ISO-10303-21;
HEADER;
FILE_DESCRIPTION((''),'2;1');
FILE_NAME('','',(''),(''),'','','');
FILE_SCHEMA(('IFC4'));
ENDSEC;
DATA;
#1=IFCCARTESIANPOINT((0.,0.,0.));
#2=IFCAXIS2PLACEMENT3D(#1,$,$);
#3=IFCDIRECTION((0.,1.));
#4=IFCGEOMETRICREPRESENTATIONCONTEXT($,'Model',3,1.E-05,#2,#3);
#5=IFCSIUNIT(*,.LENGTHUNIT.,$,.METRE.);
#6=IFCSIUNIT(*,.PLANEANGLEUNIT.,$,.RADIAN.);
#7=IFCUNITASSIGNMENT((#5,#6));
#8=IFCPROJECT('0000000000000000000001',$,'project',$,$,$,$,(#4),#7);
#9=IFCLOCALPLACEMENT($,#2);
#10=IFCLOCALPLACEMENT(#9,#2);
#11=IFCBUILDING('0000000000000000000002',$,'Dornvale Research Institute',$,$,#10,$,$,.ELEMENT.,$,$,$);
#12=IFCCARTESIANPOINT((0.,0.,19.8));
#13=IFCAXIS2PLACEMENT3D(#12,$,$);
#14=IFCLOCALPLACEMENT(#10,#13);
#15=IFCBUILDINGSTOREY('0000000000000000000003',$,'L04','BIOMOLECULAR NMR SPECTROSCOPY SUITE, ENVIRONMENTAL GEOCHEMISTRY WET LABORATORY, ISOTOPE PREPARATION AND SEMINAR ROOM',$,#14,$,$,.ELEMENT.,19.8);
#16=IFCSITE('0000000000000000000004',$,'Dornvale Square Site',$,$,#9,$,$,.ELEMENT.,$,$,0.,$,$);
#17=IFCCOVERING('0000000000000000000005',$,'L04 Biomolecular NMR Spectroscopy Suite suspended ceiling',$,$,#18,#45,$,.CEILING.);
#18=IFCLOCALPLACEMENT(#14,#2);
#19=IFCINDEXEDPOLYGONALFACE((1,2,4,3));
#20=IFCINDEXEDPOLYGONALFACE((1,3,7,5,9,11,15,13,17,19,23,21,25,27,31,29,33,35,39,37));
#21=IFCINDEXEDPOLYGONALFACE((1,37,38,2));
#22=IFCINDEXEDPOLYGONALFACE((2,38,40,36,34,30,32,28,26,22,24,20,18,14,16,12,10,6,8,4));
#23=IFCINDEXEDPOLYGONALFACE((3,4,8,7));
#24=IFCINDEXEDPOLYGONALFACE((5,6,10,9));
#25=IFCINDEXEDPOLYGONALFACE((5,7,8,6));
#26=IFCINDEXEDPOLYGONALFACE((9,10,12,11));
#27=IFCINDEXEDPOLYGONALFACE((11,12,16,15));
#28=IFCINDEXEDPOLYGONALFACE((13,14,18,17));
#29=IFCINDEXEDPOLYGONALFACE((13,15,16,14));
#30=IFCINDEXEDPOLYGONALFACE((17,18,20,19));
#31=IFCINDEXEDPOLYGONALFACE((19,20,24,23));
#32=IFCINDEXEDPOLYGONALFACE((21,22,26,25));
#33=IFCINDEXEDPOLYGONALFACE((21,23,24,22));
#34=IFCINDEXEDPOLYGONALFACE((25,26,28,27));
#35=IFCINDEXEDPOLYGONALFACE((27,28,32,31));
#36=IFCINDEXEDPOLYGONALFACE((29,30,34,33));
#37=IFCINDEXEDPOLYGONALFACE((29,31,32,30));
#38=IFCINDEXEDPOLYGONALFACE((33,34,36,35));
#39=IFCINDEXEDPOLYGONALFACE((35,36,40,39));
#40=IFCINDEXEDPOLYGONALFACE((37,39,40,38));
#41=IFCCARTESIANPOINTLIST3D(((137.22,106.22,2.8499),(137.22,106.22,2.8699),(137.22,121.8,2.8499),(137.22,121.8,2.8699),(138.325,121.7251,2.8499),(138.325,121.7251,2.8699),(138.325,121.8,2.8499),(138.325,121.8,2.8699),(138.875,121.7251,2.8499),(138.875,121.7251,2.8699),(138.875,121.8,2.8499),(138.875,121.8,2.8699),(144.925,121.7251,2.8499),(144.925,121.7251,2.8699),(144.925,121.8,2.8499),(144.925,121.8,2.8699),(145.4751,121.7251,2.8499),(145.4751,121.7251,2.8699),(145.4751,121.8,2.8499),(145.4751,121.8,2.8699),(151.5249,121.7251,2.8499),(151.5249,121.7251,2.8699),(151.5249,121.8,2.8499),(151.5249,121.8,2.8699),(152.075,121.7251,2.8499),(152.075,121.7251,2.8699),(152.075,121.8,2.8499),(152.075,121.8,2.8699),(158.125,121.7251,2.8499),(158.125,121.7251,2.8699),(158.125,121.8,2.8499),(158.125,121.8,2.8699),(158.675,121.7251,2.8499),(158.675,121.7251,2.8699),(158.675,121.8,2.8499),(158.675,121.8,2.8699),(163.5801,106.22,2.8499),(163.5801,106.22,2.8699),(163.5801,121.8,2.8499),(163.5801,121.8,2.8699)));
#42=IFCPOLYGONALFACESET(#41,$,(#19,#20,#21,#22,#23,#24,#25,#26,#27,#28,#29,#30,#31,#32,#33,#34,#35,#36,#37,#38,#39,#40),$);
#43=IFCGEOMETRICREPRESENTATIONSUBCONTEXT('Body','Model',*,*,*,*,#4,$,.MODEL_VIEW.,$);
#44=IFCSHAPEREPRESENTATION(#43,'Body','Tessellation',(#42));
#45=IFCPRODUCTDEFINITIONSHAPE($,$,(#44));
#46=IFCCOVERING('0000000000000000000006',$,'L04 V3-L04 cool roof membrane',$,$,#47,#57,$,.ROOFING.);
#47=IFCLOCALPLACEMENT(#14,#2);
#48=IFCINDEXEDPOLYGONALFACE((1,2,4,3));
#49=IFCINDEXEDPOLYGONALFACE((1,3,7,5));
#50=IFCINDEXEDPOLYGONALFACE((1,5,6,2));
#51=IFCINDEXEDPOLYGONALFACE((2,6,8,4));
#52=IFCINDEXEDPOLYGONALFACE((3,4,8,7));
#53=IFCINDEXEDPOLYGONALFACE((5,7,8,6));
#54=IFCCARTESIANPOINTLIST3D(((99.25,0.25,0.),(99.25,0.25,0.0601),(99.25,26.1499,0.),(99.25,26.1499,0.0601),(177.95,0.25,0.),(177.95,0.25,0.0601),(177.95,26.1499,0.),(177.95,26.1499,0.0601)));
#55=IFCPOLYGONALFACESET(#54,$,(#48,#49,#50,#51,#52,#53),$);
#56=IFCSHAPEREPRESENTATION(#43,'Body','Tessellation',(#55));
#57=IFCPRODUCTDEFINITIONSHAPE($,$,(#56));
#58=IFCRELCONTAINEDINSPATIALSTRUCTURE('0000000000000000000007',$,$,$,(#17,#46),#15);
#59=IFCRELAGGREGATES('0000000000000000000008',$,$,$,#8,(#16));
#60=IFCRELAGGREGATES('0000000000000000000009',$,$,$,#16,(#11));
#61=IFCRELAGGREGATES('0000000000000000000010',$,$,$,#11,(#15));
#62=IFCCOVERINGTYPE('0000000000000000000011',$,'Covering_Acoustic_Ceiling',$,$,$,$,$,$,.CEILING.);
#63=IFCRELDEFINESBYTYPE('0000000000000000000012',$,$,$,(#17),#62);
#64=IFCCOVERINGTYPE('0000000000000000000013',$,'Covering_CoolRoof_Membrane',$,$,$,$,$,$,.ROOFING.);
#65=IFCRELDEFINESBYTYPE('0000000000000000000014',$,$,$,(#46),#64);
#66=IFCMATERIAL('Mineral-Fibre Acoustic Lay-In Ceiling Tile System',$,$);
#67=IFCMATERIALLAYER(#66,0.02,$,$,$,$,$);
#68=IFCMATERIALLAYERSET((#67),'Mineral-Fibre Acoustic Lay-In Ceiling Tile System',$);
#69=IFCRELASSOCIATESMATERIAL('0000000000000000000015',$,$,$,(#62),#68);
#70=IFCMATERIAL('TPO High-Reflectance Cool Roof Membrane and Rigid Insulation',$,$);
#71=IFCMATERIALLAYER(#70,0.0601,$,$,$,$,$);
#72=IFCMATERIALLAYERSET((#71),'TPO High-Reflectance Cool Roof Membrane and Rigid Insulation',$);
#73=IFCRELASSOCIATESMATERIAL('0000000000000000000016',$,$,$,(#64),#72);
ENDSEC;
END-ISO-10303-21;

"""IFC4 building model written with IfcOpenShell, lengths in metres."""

from ifc_helpers import new_model, si_unit, direction, frame, origin, place, context, subcontext, project, spatial, polyline, outline, extrude, material, layer, layer_set, type_object, element, save


model = new_model("IFC4")

# Units and contexts
model_context = context("Model", 3, precision=1e-05, world=origin(), true_north=direction((0.0, 1.0)))
body_context = subcontext(model_context, "Body", "Model", "MODEL_VIEW")
ifc_project = project(units=[si_unit("LENGTHUNIT", "METRE"), si_unit("PLANEANGLEUNIT", "RADIAN")], contexts=[model_context])

# Site, building, storey
site_placement = place(None, origin())
site = spatial("IfcSite", under=ifc_project, at=site_placement, Name="Dornvale Square Site", CompositionType="ELEMENT", RefElevation=0.0)
building_placement = place(site_placement, origin())
building = spatial("IfcBuilding", under=site, at=building_placement, Name="Dornvale Research Institute", CompositionType="ELEMENT")
storey_placement = place(building_placement, frame((0.0, 0.0, 19.8)))
storey = spatial("IfcBuildingStorey", under=building, at=storey_placement, Name="L04", Description="BIOMOLECULAR NMR SPECTROSCOPY SUITE, ENVIRONMENTAL GEOCHEMISTRY WET LABORATORY, ISOTOPE PREPARATION AND SEMINAR ROOM", CompositionType="ELEMENT", Elevation=19.8)

# Coverings
ifc_material_1 = material(Name="Mineral-Fibre Acoustic Lay-In Ceiling Tile System")
ifc_layer_1 = layer(ifc_material_1, 0.02)
ifc_layer_set_1 = layer_set([ifc_layer_1], Name="Mineral-Fibre Acoustic Lay-In Ceiling Tile System")
covering_type_1 = type_object("IfcCoveringType", Name="Covering_Acoustic_Ceiling", PredefinedType="CEILING", material=ifc_layer_set_1)
covering_1_placement = place(storey_placement, frame((0.0, 0.0, 2.8499)))
element("IfcCovering", 1, at=covering_1_placement, inside=storey, type_object=covering_type_1, Name="L04 Biomolecular NMR Spectroscopy Suite suspended ceiling", PredefinedType="CEILING", context=body_context, shape_type="SweptSolid", body=[
    extrude(outline(polyline([(138.875, 121.7251), (138.875, 121.8), (144.925, 121.8), (144.925, 121.7251), (145.4751, 121.7251), (145.4751, 121.8), (151.5249, 121.8), (151.5249, 121.7251), (152.075, 121.7251), (152.075, 121.8), (158.125, 121.8), (158.125, 121.7251), (158.675, 121.7251), (158.675, 121.8), (163.5801, 121.8), (163.5801, 106.22), (137.22, 106.22), (137.22, 121.8), (138.325, 121.8), (138.325, 121.7251), (138.875, 121.7251)])), origin(), (0.0, 0.0, 1.0), 0.02),
])
ifc_material_2 = material(Name="TPO High-Reflectance Cool Roof Membrane and Rigid Insulation")
ifc_layer_2 = layer(ifc_material_2, 0.0601)
ifc_layer_set_2 = layer_set([ifc_layer_2], Name="TPO High-Reflectance Cool Roof Membrane and Rigid Insulation")
covering_type_2 = type_object("IfcCoveringType", Name="Covering_CoolRoof_Membrane", PredefinedType="ROOFING", material=ifc_layer_set_2)
covering_2_placement = place(storey_placement, origin())
element("IfcCovering", 2, at=covering_2_placement, inside=storey, type_object=covering_type_2, Name="L04 V3-L04 cool roof membrane", PredefinedType="ROOFING", context=body_context, shape_type="SweptSolid", body=[
    extrude(outline(polyline([(99.25, 0.25), (177.95, 0.25), (177.95, 26.1499), (99.25, 26.1499), (99.25, 0.25)])), origin(), (0.0, 0.0, 1.0), 0.0601),
])

save(model, "model.ifc")
